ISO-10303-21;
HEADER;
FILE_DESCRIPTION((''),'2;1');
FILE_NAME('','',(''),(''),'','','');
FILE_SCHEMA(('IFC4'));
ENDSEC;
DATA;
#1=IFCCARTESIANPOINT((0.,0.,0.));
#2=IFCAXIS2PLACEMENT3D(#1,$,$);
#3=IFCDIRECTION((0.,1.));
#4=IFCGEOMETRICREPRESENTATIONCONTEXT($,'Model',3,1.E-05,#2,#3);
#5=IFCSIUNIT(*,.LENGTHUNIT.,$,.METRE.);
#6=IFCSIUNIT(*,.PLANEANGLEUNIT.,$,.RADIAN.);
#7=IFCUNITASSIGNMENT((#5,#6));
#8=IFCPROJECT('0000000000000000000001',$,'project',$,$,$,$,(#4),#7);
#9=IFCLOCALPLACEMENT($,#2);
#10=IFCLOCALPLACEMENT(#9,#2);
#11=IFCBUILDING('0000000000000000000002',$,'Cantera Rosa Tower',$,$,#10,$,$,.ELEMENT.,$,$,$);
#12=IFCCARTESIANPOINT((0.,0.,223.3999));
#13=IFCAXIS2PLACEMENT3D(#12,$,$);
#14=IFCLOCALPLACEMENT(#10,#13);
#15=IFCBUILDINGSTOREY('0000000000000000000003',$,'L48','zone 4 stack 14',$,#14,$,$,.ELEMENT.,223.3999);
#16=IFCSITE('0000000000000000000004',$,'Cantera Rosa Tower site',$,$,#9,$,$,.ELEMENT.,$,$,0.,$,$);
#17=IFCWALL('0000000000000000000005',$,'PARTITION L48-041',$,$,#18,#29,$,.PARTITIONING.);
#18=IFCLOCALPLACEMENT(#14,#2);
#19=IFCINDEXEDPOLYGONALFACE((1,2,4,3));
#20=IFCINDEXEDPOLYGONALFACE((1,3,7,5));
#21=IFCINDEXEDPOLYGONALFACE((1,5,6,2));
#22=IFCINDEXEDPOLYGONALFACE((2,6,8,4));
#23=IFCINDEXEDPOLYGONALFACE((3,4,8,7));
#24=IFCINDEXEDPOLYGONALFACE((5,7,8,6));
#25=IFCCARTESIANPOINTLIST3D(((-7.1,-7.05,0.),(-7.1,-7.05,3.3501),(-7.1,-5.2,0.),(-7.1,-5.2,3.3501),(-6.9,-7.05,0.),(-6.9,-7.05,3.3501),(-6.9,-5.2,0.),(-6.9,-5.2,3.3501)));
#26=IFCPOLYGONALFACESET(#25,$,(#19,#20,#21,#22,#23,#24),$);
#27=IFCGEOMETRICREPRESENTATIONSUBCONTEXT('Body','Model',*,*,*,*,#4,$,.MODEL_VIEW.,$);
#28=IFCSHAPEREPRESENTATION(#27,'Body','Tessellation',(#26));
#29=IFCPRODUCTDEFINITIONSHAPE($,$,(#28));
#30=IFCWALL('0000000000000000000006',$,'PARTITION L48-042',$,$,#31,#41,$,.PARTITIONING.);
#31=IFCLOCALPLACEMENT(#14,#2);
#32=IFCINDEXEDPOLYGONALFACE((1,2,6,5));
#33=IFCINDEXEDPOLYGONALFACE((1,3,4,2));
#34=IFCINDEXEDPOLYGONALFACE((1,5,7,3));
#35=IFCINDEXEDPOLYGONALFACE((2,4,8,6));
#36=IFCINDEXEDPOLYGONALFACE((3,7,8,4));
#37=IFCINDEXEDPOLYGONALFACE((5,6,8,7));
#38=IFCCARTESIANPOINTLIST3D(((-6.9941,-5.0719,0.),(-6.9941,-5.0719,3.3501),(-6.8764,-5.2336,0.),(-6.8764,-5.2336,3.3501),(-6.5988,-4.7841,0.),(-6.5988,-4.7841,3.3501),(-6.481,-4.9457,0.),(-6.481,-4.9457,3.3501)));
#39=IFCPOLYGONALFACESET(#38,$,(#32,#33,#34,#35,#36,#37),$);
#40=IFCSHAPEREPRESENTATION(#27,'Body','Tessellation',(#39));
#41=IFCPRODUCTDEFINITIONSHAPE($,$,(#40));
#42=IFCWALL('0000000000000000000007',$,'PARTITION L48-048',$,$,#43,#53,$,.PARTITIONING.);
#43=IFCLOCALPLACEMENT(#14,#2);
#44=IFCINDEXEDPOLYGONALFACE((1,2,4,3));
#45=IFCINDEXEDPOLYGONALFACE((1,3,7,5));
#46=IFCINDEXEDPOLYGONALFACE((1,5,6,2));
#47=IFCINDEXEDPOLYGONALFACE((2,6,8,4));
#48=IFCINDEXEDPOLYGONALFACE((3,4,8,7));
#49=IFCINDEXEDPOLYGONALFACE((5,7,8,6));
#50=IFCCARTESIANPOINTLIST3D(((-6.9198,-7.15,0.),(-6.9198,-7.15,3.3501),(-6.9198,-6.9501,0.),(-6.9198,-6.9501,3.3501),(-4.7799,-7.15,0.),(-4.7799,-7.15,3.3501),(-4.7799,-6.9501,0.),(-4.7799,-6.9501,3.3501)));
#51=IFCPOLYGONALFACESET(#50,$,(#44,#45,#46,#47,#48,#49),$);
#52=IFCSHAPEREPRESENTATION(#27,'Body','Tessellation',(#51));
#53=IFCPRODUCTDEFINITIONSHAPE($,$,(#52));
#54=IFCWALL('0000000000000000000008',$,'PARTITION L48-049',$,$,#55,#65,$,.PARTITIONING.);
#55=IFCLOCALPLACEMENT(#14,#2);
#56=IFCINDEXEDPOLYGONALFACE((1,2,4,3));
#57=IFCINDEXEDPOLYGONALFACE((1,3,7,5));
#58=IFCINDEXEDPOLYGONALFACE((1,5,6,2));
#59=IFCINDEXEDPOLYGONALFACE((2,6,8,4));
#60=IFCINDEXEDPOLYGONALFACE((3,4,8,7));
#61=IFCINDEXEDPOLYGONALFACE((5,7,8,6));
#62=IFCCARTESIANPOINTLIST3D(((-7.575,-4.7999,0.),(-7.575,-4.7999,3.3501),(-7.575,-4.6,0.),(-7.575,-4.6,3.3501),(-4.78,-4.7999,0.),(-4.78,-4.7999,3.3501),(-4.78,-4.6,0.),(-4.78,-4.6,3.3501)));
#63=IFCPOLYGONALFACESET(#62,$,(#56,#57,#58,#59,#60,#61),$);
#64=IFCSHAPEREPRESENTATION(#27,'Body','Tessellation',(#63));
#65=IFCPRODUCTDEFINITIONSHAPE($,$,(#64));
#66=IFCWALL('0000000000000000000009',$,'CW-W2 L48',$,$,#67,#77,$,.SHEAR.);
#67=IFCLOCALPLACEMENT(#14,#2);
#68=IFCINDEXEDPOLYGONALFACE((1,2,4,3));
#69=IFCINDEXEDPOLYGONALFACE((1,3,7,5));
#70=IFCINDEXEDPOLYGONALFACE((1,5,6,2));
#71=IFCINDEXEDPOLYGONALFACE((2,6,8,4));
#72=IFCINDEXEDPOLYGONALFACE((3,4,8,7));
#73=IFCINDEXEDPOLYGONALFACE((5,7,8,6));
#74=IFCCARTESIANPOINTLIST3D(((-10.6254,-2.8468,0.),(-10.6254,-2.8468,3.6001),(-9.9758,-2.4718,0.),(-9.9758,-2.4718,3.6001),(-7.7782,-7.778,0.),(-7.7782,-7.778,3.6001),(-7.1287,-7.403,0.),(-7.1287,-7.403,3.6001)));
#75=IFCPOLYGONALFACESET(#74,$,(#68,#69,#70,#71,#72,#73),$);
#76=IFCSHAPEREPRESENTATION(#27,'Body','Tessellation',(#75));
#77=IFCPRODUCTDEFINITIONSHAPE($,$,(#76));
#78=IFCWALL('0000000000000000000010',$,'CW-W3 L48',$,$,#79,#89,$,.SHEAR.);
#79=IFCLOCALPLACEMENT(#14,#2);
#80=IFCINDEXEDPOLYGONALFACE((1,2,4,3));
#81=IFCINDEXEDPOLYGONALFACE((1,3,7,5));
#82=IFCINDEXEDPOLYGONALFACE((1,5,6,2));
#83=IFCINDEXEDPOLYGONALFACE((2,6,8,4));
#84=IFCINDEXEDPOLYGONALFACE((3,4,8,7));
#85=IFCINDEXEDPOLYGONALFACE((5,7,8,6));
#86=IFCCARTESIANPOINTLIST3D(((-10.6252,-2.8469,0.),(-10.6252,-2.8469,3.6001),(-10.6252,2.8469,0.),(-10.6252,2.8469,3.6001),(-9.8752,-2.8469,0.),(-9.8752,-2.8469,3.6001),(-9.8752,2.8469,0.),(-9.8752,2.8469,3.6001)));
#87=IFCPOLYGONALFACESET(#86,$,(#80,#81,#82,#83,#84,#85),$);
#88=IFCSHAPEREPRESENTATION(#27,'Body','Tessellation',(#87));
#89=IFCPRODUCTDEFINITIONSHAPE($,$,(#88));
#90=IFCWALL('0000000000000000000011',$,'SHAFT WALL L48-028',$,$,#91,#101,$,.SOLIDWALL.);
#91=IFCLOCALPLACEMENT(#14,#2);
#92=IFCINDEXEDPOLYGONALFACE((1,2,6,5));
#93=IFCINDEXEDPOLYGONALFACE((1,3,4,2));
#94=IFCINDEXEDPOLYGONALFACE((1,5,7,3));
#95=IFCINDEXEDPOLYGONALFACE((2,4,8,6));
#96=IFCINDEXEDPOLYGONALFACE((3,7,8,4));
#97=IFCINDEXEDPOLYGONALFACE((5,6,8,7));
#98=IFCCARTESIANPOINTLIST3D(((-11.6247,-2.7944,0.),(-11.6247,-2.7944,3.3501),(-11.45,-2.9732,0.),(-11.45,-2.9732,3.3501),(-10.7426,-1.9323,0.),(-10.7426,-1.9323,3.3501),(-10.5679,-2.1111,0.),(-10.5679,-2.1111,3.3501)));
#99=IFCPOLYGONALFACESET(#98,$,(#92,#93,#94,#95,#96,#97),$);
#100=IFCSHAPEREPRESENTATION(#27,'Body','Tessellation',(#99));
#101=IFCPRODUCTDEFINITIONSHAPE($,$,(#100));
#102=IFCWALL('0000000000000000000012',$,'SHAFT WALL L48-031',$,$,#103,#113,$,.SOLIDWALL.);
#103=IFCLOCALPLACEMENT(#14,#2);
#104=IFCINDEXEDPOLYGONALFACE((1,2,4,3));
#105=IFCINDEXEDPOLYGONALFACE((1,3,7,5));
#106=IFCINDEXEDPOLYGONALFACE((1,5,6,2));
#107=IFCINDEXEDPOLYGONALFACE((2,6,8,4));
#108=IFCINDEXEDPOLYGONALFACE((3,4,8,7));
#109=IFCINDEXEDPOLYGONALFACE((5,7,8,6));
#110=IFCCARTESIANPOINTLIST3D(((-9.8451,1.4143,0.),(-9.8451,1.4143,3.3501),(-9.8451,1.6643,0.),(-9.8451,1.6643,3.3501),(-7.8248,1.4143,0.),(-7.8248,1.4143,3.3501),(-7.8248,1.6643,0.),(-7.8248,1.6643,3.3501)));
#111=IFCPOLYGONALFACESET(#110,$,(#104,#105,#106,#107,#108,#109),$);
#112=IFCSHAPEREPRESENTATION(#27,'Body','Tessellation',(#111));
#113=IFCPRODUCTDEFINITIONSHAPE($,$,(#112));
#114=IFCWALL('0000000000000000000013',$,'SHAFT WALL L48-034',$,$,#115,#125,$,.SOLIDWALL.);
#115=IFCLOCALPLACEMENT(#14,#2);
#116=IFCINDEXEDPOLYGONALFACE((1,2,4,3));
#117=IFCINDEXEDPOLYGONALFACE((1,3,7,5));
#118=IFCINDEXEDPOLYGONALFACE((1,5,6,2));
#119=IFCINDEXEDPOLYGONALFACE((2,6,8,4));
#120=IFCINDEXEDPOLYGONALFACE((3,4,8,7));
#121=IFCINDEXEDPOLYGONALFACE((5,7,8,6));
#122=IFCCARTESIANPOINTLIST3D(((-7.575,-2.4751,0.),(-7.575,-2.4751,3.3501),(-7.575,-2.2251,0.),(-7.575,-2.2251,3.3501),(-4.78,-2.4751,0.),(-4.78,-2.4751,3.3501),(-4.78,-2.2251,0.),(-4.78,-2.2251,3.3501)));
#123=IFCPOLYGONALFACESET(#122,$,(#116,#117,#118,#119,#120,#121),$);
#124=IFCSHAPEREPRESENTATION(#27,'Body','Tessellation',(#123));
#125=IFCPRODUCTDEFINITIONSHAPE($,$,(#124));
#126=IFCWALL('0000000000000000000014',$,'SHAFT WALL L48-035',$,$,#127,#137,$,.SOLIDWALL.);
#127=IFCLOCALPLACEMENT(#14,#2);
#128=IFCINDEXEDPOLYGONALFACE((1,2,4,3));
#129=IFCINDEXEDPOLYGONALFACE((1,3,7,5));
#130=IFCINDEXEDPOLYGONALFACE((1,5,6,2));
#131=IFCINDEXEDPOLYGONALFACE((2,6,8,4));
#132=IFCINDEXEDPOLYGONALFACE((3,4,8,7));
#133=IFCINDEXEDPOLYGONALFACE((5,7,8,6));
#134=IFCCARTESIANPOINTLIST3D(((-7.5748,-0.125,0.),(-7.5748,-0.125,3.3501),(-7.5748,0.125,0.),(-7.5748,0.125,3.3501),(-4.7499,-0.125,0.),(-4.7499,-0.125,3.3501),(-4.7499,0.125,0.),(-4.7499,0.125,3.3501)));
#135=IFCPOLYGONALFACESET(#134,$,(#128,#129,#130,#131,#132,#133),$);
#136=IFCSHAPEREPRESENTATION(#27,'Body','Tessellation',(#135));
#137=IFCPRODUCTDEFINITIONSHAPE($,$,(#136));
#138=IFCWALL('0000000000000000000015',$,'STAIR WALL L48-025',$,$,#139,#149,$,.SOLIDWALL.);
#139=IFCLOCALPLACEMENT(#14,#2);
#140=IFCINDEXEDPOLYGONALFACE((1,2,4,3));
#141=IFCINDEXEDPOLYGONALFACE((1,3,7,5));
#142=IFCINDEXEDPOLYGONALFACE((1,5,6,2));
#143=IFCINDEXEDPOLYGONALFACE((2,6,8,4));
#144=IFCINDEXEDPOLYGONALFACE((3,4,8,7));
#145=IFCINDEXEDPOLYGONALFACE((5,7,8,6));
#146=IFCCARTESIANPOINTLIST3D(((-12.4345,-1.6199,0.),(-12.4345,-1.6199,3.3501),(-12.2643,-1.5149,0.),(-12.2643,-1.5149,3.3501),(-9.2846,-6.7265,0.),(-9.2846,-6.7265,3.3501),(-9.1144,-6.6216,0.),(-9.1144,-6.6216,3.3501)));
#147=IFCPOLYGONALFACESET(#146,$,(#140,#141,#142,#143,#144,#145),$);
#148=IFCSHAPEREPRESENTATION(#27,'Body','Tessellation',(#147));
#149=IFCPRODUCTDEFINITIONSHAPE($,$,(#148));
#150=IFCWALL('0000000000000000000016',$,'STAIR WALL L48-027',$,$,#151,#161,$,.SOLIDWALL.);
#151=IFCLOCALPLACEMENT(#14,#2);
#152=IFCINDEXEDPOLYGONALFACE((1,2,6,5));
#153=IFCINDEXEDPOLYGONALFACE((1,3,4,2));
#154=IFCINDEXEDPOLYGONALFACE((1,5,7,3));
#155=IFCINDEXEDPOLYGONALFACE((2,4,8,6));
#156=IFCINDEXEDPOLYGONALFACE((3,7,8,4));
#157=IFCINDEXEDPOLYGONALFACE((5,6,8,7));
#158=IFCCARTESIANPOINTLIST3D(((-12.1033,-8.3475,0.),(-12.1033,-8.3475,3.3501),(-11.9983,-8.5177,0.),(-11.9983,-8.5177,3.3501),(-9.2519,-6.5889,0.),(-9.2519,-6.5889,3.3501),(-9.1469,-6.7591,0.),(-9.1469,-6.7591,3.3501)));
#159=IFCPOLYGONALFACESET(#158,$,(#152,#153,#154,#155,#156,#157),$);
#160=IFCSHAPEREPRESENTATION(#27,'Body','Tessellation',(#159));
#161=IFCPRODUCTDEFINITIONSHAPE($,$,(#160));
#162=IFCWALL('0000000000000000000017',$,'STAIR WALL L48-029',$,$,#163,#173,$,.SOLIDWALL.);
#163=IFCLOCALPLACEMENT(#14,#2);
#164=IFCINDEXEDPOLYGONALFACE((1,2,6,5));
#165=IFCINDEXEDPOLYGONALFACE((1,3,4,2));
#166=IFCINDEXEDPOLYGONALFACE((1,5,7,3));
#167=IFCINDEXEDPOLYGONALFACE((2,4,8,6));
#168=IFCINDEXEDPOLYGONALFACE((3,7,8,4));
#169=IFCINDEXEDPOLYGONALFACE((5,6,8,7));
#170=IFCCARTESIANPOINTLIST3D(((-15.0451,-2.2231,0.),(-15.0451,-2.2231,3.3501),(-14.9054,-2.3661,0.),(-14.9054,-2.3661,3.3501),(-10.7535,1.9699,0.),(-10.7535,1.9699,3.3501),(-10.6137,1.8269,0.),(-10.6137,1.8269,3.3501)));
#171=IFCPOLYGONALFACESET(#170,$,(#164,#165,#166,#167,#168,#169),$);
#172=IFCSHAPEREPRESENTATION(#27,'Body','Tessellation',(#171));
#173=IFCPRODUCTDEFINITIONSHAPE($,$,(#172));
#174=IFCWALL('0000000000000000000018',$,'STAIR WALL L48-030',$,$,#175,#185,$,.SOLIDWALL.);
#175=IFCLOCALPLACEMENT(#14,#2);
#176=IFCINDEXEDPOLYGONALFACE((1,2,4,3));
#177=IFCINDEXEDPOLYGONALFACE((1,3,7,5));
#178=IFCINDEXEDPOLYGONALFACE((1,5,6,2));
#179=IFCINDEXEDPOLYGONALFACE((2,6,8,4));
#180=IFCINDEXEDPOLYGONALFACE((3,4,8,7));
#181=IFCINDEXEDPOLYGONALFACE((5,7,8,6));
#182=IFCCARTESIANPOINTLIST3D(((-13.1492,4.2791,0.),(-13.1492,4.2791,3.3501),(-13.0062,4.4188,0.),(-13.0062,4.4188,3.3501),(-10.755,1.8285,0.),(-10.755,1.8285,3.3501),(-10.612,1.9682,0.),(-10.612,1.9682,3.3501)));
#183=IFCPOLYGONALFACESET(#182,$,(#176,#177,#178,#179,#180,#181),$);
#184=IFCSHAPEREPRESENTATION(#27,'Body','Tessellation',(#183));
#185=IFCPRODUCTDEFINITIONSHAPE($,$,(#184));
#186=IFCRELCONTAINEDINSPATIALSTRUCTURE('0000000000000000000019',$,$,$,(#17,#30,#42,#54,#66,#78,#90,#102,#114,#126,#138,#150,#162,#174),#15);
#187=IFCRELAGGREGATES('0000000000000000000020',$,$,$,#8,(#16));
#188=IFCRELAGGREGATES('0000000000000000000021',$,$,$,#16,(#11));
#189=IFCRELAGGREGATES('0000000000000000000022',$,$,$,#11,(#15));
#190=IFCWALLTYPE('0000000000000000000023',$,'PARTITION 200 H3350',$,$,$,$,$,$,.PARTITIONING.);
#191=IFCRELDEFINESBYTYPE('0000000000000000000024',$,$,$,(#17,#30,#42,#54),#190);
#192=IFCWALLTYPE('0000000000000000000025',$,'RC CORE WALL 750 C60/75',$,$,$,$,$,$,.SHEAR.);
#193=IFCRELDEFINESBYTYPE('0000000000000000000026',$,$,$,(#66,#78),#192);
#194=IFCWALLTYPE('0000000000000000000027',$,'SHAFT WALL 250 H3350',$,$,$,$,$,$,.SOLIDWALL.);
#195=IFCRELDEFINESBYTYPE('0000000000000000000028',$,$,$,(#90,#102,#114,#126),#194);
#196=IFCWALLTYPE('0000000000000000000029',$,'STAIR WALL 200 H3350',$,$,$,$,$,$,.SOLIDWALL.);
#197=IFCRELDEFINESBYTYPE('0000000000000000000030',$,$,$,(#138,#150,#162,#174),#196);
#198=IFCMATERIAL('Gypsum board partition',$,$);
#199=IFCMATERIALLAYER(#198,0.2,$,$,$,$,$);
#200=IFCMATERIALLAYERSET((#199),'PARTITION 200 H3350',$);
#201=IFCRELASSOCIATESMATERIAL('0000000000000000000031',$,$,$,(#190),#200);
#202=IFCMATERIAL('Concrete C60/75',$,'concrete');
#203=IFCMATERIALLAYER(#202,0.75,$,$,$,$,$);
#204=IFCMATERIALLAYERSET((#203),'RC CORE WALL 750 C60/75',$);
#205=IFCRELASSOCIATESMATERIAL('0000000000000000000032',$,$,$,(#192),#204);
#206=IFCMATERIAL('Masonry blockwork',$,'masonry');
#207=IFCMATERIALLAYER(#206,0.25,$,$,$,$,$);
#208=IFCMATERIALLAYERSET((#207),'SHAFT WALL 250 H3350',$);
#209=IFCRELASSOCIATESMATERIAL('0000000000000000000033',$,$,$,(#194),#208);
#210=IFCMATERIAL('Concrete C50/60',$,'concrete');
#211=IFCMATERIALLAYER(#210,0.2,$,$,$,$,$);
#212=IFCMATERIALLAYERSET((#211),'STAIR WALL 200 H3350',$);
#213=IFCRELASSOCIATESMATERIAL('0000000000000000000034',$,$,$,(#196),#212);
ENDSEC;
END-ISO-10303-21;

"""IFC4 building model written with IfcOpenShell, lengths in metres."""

from ifc_helpers import new_model, si_unit, direction, frame, frame_2d, origin, place, context, subcontext, project, spatial, rectangle, extrude, material, layer, layer_set, type_object, element, save


model = new_model("IFC4")

# Units and contexts
model_context = context("Model", 3, precision=1e-05, world=origin(), true_north=direction((0.0, 1.0)))
body_context = subcontext(model_context, "Body", "Model", "MODEL_VIEW")
ifc_project = project(units=[si_unit("LENGTHUNIT", "METRE"), si_unit("PLANEANGLEUNIT", "RADIAN")], contexts=[model_context])

# Site, building, storey
site_placement = place(None, origin())
site = spatial("IfcSite", under=ifc_project, at=site_placement, Name="Cantera Rosa Tower site", CompositionType="ELEMENT", RefElevation=0.0)
building_placement = place(site_placement, origin())
building = spatial("IfcBuilding", under=site, at=building_placement, Name="Cantera Rosa Tower", CompositionType="ELEMENT")
storey_placement = place(building_placement, frame((0.0, 0.0, 223.3999)))
storey = spatial("IfcBuildingStorey", under=building, at=storey_placement, Name="L48", Description="zone 4 stack 14", CompositionType="ELEMENT", Elevation=223.3999)

# Walls
ifc_material_1 = material(Name="Gypsum board partition")
ifc_layer_1 = layer(ifc_material_1, 0.2)
ifc_layer_set_1 = layer_set([ifc_layer_1], Name="PARTITION 200 H3350")
wall_type_1 = type_object("IfcWallType", Name="PARTITION 200 H3350", PredefinedType="PARTITIONING", material=ifc_layer_set_1)
wall_1_placement = place(storey_placement, frame((-7.0, -7.05, 0.0), z_axis=(0.0, 0.0, 1.0), x_axis=(0.0, 1.0, 0.0)))
element("IfcWall", 1, at=wall_1_placement, inside=storey, type_object=wall_type_1, Name="PARTITION L48-041", PredefinedType="PARTITIONING", context=body_context, shape_type="SweptSolid", body=[
    extrude(rectangle(XDim=1.8501, YDim=0.2, at=frame_2d((0.925, 0.0))), origin(), (0.0, 0.0, 1.0), 3.3501),
])
wall_2_placement = place(storey_placement, frame((-6.9353, -5.1528, 0.0), z_axis=(0.0, 0.0, 1.0), x_axis=(0.808369, 0.588676, 0.0)))
element("IfcWall", 2, at=wall_2_placement, inside=storey, type_object=wall_type_1, Name="PARTITION L48-042", PredefinedType="PARTITIONING", context=body_context, shape_type="SweptSolid", body=[
    extrude(rectangle(XDim=0.489, YDim=0.2, at=frame_2d((0.2446, 0.0))), origin(), (0.0, 0.0, 1.0), 3.3501),
])
wall_3_placement = place(storey_placement, frame((-4.78, -7.05, 0.0), z_axis=(0.0, 0.0, 1.0), x_axis=(-1.0, 0.0, 0.0)))
element("IfcWall", 3, at=wall_3_placement, inside=storey, type_object=wall_type_1, Name="PARTITION L48-048", PredefinedType="PARTITIONING", context=body_context, shape_type="SweptSolid", body=[
    extrude(rectangle(XDim=2.1399, YDim=0.2, at=frame_2d((1.0698, 0.0))), origin(), (0.0, 0.0, 1.0), 3.3501),
])
wall_4_placement = place(storey_placement, frame((-4.78, -4.7, 0.0), z_axis=(0.0, 0.0, 1.0), x_axis=(-1.0, 0.0, 0.0)))
element("IfcWall", 4, at=wall_4_placement, inside=storey, type_object=wall_type_1, Name="PARTITION L48-049", PredefinedType="PARTITIONING", context=body_context, shape_type="SweptSolid", body=[
    extrude(rectangle(XDim=2.7949, YDim=0.2, at=frame_2d((1.3975, 0.0))), origin(), (0.0, 0.0, 1.0), 3.3501),
])
ifc_material_2 = material(Name="Concrete C60/75", Category="concrete")
ifc_layer_2 = layer(ifc_material_2, 0.75)
ifc_layer_set_2 = layer_set([ifc_layer_2], Name="RC CORE WALL 750 C60/75")
wall_type_2 = type_object("IfcWallType", Name="RC CORE WALL 750 C60/75", PredefinedType="SHEAR", material=ifc_layer_set_2)
wall_5_placement = place(storey_placement, frame((-7.4534, -7.5906, 0.0), z_axis=(0.0, 0.0, 1.0), x_axis=(-0.500022, 0.866013, 0.0)))
element("IfcWall", 5, at=wall_5_placement, inside=storey, type_object=wall_type_2, Name="CW-W2 L48", PredefinedType="SHEAR", context=body_context, shape_type="SweptSolid", body=[
    extrude(rectangle(XDim=5.6941, YDim=0.75, at=frame_2d((2.8472, 0.0))), origin(), (0.0, 0.0, 1.0), 3.6001),
])
wall_6_placement = place(storey_placement, frame((-10.2502, -2.8469, 0.0), z_axis=(0.0, 0.0, 1.0), x_axis=(0.0, 1.0, 0.0)))
element("IfcWall", 6, at=wall_6_placement, inside=storey, type_object=wall_type_2, Name="CW-W3 L48", PredefinedType="SHEAR", context=body_context, shape_type="SweptSolid", body=[
    extrude(rectangle(XDim=5.6938, YDim=0.75, at=frame_2d((2.8469, 0.0))), origin(), (0.0, 0.0, 1.0), 3.6001),
])
ifc_material_3 = material(Name="Masonry blockwork", Category="masonry")
ifc_layer_3 = layer(ifc_material_3, 0.25)
ifc_layer_set_3 = layer_set([ifc_layer_3], Name="SHAFT WALL 250 H3350")
wall_type_3 = type_object("IfcWallType", Name="SHAFT WALL 250 H3350", PredefinedType="SOLIDWALL", material=ifc_layer_set_3)
wall_7_placement = place(storey_placement, frame((-11.5374, -2.8838, 0.0), z_axis=(0.0, 0.0, 1.0), x_axis=(0.715176, 0.698944, 0.0)))
element("IfcWall", 7, at=wall_7_placement, inside=storey, type_object=wall_type_3, Name="SHAFT WALL L48-028", PredefinedType="SOLIDWALL", context=body_context, shape_type="SweptSolid", body=[
    extrude(rectangle(XDim=1.2334, YDim=0.25, at=frame_2d((0.6167, 0.0))), origin(), (0.0, 0.0, 1.0), 3.3501),
])
wall_8_placement = place(storey_placement, frame((-9.8452, 1.5393, 0.0), z_axis=(0.0, 0.0, 1.0), x_axis=(1.0, 0.0, 0.0)))
element("IfcWall", 8, at=wall_8_placement, inside=storey, type_object=wall_type_3, Name="SHAFT WALL L48-031", PredefinedType="SOLIDWALL", context=body_context, shape_type="SweptSolid", body=[
    extrude(rectangle(XDim=2.0203, YDim=0.25, at=frame_2d((1.0103, 0.0))), origin(), (0.0, 0.0, 1.0), 3.3501),
])
wall_9_placement = place(storey_placement, frame((-7.575, -2.3501, 0.0), z_axis=(0.0, 0.0, 1.0), x_axis=(1.0, 0.0, 0.0)))
element("IfcWall", 9, at=wall_9_placement, inside=storey, type_object=wall_type_3, Name="SHAFT WALL L48-034", PredefinedType="SOLIDWALL", context=body_context, shape_type="SweptSolid", body=[
    extrude(rectangle(XDim=2.7949, YDim=0.25, at=frame_2d((1.3975, 0.0))), origin(), (0.0, 0.0, 1.0), 3.3501),
])
wall_10_placement = place(storey_placement, frame((-7.575, 0.0, 0.0), z_axis=(0.0, 0.0, 1.0), x_axis=(1.0, 0.0, 0.0)))
element("IfcWall", 10, at=wall_10_placement, inside=storey, type_object=wall_type_3, Name="SHAFT WALL L48-035", PredefinedType="SOLIDWALL", context=body_context, shape_type="SweptSolid", body=[
    extrude(rectangle(XDim=2.825, YDim=0.25, at=frame_2d((1.4126, 0.0))), origin(), (0.0, 0.0, 1.0), 3.3501),
])
ifc_material_4 = material(Name="Concrete C50/60", Category="concrete")
ifc_layer_4 = layer(ifc_material_4, 0.2)
ifc_layer_set_4 = layer_set([ifc_layer_4], Name="STAIR WALL 200 H3350")
wall_type_4 = type_object("IfcWallType", Name="STAIR WALL 200 H3350", PredefinedType="SOLIDWALL", material=ifc_layer_set_4)
wall_11_placement = place(storey_placement, frame((-12.3494, -1.5674, 0.0), z_axis=(0.0, 0.0, 1.0), x_axis=(0.524983, -0.851113, 0.0)))
element("IfcWall", 11, at=wall_11_placement, inside=storey, type_object=wall_type_4, Name="STAIR WALL L48-025", PredefinedType="SOLIDWALL", context=body_context, shape_type="SweptSolid", body=[
    extrude(rectangle(XDim=6.0, YDim=0.2, at=frame_2d((3.0, 0.0))), origin(), (0.0, 0.0, 1.0), 3.3501),
])
wall_12_placement = place(storey_placement, frame((-12.0508, -8.4326, 0.0), z_axis=(0.0, 0.0, 1.0), x_axis=(0.85114, 0.524939, 0.0)))
element("IfcWall", 12, at=wall_12_placement, inside=storey, type_object=wall_type_4, Name="STAIR WALL L48-027", PredefinedType="SOLIDWALL", context=body_context, shape_type="SweptSolid", body=[
    extrude(rectangle(XDim=3.3501, YDim=0.2, at=frame_2d((1.675, 0.0))), origin(), (0.0, 0.0, 1.0), 3.3501),
])
wall_13_placement = place(storey_placement, frame((-10.6836, 1.8984, 0.0), z_axis=(0.0, 0.0, 1.0), x_axis=(-0.715278, -0.69884, 0.0)))
element("IfcWall", 13, at=wall_13_placement, inside=storey, type_object=wall_type_4, Name="STAIR WALL L48-029", PredefinedType="SOLIDWALL", context=body_context, shape_type="SweptSolid", body=[
    extrude(rectangle(XDim=6.0, YDim=0.2, at=frame_2d((3.0, 0.0))), origin(), (0.0, 0.0, 1.0), 3.3501),
])
wall_14_placement = place(storey_placement, frame((-10.6836, 1.8984, 0.0), z_axis=(0.0, 0.0, 1.0), x_axis=(-0.698829, 0.715289, 0.0)))
element("IfcWall", 14, at=wall_14_placement, inside=storey, type_object=wall_type_4, Name="STAIR WALL L48-030", PredefinedType="SOLIDWALL", context=body_context, shape_type="SweptSolid", body=[
    extrude(rectangle(XDim=3.426, YDim=0.2, at=frame_2d((1.7129, 0.0))), origin(), (0.0, 0.0, 1.0), 3.3501),
])

save(model, "model.ifc")
